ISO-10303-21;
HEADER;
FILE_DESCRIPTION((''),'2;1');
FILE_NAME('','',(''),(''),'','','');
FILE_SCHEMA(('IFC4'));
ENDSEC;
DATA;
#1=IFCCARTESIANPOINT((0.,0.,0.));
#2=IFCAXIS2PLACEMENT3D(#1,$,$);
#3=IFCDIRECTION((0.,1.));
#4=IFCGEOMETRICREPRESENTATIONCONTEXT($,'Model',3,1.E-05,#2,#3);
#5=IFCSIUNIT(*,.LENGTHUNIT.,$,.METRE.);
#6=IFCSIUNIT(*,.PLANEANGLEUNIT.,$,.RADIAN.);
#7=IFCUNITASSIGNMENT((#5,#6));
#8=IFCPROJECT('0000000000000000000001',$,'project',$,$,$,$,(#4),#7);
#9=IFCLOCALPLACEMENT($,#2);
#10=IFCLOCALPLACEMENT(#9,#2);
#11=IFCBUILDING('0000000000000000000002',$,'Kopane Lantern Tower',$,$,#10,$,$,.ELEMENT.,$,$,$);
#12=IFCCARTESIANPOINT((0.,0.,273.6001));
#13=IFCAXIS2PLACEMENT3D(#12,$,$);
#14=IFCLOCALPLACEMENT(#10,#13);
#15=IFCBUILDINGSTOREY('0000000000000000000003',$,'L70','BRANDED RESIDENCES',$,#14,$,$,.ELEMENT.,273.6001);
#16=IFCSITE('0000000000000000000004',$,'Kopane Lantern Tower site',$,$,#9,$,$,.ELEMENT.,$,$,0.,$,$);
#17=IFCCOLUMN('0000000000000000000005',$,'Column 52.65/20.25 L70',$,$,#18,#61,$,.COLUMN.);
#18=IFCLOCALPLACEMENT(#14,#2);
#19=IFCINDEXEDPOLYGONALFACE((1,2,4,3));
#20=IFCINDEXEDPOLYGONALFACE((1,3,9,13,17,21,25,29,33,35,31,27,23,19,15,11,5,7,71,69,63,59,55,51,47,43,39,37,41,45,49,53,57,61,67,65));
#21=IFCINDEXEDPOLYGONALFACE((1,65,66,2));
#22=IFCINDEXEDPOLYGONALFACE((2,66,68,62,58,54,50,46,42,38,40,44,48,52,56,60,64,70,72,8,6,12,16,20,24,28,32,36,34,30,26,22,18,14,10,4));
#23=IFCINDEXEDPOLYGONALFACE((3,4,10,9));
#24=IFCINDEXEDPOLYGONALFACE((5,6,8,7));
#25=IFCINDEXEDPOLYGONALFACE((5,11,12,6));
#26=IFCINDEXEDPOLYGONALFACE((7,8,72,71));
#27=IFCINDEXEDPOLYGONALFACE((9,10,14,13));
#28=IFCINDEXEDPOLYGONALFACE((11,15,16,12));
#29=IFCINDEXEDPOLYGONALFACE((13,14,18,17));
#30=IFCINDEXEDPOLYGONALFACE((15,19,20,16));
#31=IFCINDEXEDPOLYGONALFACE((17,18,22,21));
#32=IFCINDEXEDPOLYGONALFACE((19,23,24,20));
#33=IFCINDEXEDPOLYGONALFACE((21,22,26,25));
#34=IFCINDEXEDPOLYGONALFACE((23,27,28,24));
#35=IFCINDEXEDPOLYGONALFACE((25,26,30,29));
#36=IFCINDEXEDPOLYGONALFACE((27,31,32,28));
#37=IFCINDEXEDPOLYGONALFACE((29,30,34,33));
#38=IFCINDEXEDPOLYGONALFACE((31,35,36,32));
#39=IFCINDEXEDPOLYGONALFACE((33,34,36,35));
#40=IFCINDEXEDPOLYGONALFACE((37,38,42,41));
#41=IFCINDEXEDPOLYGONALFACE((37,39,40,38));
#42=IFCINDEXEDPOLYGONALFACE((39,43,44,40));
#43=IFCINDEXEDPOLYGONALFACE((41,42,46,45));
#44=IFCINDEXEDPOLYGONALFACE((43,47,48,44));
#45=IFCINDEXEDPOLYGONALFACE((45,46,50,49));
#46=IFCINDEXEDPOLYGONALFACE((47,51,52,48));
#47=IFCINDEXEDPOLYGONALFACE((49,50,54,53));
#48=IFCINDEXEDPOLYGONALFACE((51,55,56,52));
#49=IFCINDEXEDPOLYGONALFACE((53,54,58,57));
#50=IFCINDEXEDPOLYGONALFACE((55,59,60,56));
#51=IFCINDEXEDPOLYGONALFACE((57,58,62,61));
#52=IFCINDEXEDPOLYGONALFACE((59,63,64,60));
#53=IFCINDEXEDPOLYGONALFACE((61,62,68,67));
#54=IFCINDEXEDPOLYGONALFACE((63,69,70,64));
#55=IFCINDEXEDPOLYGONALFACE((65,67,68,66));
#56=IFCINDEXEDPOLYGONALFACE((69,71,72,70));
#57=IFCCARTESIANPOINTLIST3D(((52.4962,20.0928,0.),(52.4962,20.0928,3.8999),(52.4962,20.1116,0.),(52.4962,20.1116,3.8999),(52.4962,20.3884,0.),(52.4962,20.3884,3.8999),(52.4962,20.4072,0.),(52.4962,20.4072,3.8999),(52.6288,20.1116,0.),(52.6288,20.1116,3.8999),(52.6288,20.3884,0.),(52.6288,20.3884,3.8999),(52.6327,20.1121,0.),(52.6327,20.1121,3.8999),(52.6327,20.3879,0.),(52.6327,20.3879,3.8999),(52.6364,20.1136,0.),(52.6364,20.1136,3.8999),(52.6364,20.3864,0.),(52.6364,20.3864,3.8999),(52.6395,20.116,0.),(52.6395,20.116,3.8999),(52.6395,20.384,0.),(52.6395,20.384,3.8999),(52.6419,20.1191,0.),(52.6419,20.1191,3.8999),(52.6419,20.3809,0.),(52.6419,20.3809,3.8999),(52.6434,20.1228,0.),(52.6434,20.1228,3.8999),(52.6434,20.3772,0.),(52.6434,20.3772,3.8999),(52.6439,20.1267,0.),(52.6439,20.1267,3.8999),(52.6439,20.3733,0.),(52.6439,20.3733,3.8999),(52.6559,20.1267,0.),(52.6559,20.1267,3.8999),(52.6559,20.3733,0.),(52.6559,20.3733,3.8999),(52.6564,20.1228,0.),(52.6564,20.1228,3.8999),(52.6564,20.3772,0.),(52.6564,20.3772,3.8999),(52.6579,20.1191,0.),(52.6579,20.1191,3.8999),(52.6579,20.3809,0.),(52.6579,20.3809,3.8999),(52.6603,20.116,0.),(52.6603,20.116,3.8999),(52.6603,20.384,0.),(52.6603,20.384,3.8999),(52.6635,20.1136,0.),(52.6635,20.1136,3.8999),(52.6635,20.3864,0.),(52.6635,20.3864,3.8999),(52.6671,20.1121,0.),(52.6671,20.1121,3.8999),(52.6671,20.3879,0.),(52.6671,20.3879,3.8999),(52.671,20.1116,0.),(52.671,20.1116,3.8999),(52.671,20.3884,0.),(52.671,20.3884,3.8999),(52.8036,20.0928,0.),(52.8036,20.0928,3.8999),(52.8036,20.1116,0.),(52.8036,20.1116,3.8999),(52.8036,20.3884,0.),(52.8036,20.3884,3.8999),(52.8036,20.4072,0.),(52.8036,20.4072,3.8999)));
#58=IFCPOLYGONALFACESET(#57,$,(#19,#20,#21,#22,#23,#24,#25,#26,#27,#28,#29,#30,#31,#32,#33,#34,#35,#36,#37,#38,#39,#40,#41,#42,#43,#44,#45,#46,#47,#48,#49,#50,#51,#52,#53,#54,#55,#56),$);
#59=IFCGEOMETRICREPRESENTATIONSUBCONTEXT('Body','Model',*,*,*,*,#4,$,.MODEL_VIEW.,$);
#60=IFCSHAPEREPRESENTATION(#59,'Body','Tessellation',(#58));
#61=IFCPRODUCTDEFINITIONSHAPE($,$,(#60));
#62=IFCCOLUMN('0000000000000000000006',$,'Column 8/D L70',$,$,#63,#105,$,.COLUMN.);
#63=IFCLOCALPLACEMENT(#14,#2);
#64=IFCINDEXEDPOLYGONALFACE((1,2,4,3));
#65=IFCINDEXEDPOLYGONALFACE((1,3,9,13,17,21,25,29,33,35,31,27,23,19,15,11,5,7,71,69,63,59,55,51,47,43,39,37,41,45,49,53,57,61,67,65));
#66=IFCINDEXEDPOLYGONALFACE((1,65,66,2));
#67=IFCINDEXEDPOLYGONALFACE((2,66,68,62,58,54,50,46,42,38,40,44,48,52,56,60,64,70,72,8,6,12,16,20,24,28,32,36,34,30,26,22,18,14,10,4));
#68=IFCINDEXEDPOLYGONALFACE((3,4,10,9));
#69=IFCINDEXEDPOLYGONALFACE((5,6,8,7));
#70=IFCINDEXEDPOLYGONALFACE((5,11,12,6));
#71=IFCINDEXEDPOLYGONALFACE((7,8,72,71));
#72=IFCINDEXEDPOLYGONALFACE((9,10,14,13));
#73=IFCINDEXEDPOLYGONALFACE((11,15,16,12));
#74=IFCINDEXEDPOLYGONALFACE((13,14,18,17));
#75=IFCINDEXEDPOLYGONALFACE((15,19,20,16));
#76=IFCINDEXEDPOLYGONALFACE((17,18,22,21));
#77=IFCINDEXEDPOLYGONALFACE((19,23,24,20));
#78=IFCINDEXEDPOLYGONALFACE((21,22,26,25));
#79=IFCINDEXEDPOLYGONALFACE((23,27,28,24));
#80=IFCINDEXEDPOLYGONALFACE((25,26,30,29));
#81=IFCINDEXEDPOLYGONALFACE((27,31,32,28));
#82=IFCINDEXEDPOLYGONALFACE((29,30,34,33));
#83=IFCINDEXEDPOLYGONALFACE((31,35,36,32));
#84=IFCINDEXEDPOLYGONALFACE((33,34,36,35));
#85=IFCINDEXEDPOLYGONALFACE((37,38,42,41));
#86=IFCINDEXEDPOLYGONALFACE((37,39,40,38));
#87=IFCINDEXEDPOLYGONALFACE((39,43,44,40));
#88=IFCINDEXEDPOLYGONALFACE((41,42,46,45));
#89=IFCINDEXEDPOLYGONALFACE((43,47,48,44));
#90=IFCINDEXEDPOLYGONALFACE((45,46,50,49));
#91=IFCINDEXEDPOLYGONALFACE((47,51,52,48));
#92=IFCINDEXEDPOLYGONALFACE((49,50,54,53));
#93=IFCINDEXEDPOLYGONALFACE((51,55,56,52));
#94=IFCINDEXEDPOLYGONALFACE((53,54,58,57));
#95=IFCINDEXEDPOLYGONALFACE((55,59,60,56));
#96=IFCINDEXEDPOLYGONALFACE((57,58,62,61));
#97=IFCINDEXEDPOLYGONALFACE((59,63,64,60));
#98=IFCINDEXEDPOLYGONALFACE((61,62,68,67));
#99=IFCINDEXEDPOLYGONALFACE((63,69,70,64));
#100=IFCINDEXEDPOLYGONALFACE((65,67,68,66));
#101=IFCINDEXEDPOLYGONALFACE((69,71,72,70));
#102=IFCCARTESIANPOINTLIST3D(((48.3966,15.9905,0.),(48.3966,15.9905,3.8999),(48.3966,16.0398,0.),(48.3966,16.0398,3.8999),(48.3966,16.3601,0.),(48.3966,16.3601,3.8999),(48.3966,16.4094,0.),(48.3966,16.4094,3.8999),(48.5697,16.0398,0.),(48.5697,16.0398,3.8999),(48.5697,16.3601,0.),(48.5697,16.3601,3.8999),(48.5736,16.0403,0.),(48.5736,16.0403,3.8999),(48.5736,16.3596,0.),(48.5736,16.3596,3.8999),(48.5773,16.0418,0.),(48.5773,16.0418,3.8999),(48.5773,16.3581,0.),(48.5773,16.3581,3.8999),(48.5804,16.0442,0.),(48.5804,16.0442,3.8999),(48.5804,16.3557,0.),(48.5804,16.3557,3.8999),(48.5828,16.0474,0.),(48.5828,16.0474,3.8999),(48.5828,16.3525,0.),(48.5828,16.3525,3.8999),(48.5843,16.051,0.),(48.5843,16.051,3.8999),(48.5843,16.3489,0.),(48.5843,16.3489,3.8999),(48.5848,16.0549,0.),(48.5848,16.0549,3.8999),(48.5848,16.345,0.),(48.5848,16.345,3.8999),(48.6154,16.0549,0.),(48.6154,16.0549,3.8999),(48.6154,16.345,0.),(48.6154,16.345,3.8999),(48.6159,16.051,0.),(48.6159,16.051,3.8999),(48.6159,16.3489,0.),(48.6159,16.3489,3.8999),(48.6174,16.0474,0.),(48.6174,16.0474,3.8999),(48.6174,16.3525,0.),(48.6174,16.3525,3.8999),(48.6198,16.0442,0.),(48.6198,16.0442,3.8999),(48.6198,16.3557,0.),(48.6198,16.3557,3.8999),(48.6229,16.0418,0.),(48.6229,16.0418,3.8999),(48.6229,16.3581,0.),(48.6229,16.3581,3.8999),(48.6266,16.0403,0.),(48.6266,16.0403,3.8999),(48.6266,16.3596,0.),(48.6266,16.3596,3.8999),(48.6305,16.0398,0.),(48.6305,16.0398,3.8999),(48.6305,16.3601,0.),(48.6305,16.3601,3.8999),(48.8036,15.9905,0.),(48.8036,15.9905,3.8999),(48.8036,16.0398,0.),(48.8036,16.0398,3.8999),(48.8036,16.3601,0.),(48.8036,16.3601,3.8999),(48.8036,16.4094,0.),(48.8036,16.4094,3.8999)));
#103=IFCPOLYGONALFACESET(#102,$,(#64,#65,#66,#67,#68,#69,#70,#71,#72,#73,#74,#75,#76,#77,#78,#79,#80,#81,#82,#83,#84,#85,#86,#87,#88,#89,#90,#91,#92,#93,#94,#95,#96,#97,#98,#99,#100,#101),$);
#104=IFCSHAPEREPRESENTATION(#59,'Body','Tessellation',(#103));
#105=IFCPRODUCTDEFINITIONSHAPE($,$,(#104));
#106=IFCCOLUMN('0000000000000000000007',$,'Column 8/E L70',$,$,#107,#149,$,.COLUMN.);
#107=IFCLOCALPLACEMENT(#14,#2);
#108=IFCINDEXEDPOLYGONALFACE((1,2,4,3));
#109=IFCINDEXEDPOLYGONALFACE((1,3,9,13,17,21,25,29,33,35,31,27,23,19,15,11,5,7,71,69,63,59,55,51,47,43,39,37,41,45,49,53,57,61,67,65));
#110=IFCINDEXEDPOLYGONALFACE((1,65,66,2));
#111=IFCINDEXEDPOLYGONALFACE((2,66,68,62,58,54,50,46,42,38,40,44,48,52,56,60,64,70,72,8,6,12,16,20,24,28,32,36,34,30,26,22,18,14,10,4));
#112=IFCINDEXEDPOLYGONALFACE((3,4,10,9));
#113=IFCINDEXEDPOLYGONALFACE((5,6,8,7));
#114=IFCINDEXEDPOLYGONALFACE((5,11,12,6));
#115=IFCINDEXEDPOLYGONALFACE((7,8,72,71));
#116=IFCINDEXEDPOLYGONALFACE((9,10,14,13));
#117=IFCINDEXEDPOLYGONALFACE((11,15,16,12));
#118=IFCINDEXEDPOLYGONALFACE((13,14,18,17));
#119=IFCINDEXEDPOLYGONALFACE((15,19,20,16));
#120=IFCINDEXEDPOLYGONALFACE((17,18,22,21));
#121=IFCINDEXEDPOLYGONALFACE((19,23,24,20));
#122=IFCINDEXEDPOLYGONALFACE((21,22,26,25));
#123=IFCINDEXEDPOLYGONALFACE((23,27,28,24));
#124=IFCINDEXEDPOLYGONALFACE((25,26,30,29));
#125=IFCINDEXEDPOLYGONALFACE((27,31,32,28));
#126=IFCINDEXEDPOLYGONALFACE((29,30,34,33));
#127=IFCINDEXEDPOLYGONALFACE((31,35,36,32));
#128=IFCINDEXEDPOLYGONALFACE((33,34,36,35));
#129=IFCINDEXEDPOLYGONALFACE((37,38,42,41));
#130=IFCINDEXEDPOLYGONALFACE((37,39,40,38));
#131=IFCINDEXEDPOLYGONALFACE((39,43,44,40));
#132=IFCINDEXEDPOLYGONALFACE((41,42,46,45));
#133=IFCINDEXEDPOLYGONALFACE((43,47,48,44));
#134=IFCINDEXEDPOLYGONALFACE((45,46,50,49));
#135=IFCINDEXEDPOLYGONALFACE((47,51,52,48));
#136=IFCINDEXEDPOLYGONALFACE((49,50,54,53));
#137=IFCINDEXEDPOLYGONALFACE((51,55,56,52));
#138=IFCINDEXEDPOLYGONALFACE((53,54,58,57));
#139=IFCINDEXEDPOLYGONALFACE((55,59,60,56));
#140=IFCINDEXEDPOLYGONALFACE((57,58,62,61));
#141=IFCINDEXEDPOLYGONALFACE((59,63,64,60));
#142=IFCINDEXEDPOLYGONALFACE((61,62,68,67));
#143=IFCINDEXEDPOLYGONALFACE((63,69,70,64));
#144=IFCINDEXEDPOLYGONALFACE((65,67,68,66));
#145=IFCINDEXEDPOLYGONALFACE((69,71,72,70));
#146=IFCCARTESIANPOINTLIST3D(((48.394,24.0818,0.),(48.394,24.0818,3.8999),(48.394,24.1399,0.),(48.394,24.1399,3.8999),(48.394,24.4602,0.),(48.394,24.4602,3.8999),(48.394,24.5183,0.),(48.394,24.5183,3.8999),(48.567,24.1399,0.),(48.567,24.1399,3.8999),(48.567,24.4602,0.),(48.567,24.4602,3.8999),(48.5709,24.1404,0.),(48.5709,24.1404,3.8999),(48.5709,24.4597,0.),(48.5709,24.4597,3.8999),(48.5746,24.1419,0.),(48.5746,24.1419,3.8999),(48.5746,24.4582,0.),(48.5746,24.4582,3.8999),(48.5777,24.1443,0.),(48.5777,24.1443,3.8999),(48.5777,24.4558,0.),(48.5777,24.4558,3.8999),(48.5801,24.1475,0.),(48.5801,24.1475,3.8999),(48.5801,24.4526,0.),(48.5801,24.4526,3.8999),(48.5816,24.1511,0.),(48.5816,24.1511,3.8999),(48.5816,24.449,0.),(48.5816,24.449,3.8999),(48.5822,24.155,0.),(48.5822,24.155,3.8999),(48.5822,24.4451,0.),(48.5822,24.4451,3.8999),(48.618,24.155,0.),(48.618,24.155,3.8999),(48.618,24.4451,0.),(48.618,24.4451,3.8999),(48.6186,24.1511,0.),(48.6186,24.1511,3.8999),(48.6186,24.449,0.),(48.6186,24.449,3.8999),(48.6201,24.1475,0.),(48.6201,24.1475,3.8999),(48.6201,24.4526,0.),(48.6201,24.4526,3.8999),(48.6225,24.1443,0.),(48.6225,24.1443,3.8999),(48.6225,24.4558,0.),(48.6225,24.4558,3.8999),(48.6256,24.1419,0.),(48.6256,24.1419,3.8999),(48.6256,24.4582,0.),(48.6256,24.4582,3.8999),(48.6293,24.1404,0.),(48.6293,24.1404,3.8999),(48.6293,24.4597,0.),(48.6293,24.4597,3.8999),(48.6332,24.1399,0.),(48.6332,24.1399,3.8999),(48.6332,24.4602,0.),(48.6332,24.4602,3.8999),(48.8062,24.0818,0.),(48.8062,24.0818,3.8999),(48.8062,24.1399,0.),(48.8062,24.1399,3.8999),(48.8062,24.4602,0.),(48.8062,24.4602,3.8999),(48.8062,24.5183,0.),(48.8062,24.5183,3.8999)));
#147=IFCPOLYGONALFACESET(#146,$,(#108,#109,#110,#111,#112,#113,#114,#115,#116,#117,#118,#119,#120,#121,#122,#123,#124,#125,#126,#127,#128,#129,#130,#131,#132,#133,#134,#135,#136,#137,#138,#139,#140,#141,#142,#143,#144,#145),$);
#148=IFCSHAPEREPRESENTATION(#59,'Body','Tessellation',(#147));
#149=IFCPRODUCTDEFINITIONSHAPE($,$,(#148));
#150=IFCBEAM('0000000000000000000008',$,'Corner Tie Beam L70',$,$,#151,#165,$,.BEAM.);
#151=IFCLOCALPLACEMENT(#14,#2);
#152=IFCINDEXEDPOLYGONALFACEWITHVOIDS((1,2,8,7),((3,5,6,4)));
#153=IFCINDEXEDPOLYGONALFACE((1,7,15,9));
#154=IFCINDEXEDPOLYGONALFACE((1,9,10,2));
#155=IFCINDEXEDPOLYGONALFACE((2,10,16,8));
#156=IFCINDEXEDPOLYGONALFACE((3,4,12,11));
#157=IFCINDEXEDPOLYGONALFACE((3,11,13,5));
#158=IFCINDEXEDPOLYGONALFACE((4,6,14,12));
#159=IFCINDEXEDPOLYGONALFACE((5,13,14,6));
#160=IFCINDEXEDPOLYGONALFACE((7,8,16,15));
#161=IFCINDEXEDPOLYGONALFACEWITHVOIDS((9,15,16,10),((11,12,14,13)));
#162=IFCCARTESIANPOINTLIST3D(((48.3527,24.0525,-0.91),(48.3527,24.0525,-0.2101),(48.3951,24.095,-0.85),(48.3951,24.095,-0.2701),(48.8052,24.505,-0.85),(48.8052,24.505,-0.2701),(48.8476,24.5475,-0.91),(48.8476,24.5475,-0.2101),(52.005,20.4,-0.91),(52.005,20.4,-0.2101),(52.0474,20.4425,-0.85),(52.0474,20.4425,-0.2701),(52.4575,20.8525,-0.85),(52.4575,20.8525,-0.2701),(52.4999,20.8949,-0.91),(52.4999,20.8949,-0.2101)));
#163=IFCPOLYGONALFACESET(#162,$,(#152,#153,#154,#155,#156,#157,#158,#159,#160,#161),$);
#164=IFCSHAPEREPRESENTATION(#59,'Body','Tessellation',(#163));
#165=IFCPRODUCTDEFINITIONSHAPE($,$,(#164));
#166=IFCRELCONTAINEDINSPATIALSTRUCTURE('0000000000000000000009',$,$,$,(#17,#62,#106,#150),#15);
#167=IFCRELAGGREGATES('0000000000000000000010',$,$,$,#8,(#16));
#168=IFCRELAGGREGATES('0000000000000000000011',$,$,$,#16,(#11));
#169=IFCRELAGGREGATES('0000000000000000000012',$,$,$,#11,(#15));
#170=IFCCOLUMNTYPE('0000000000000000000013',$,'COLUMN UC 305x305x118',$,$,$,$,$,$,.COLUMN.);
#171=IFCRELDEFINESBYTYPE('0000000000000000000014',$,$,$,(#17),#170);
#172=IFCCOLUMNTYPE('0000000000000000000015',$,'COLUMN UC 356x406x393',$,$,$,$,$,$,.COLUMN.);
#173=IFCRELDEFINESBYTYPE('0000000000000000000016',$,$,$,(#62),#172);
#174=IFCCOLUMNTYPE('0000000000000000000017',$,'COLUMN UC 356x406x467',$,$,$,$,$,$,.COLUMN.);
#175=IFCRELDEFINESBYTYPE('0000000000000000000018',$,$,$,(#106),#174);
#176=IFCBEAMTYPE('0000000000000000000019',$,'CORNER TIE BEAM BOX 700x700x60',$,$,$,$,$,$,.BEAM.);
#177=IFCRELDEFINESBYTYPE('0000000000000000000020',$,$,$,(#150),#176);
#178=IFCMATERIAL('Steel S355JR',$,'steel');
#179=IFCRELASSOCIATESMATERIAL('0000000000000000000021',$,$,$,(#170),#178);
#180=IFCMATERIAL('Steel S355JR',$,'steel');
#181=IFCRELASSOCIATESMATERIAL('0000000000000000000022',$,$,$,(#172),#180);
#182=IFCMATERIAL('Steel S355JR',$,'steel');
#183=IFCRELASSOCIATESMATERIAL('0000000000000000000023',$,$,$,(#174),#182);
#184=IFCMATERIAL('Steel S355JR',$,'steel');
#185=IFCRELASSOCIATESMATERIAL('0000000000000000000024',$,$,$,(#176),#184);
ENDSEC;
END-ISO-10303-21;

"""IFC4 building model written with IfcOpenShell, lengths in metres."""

from ifc_helpers import new_model, si_unit, direction, frame, origin, origin_2d, place, context, subcontext, project, spatial, hollow_rectangle, i_section, extrude, material, material_profile, profile_set, type_object, element, save


model = new_model("IFC4")

# Units and contexts
model_context = context("Model", 3, precision=1e-05, world=origin(), true_north=direction((0.0, 1.0)))
body_context = subcontext(model_context, "Body", "Model", "MODEL_VIEW")
ifc_project = project(units=[si_unit("LENGTHUNIT", "METRE"), si_unit("PLANEANGLEUNIT", "RADIAN")], contexts=[model_context])

# Site, building, storey
site_placement = place(None, origin())
site = spatial("IfcSite", under=ifc_project, at=site_placement, Name="Kopane Lantern Tower site", CompositionType="ELEMENT", RefElevation=0.0)
building_placement = place(site_placement, origin())
building = spatial("IfcBuilding", under=site, at=building_placement, Name="Kopane Lantern Tower", CompositionType="ELEMENT")
storey_placement = place(building_placement, frame((0.0, 0.0, 273.6001)))
storey = spatial("IfcBuildingStorey", under=building, at=storey_placement, Name="L70", Description="BRANDED RESIDENCES", CompositionType="ELEMENT", Elevation=273.6001)

# Columns
ifc_material_1 = material(Name="Steel S355JR", Category="steel")
ifc_material_profile_1 = material_profile(ifc_material_1, i_section(OverallWidth=0.3074, OverallDepth=0.3145, WebThickness=0.012, FlangeThickness=0.0188, FilletRadius=0.0151, at=origin_2d()), Name="UC 305x305x118")
ifc_profile_set_1 = profile_set([ifc_material_profile_1], Name="Steel S355JR")
column_type_1 = type_object("IfcColumnType", Name="COLUMN UC 305x305x118", PredefinedType="COLUMN", material=ifc_profile_set_1)
column_1_placement = place(storey_placement, frame((52.6499, 20.25, 0.0), z_axis=(0.0, 0.0, 1.0), x_axis=(1.0, 0.0, 0.0)))
element("IfcColumn", 1, at=column_1_placement, inside=storey, type_object=column_type_1, Name="Column 52.65/20.25 L70", PredefinedType="COLUMN", context=body_context, shape_type="SweptSolid", body=[
    extrude(i_section(OverallWidth=0.3074, OverallDepth=0.3145, WebThickness=0.012, FlangeThickness=0.0188, FilletRadius=0.0151, at=origin_2d()), origin(), (0.0, 0.0, 1.0), 3.8999),
])
ifc_material_2 = material(Name="Steel S355JR", Category="steel")
ifc_material_profile_2 = material_profile(ifc_material_2, i_section(OverallWidth=0.407, OverallDepth=0.4189, WebThickness=0.0305, FlangeThickness=0.0493, FilletRadius=0.0151, at=origin_2d()), Name="UC 356x406x393")
ifc_profile_set_2 = profile_set([ifc_material_profile_2], Name="Steel S355JR")
column_type_2 = type_object("IfcColumnType", Name="COLUMN UC 356x406x393", PredefinedType="COLUMN", material=ifc_profile_set_2)
column_2_placement = place(storey_placement, frame((48.6001, 16.2, 0.0), z_axis=(0.0, 0.0, 1.0), x_axis=(1.0, 0.0, 0.0)))
element("IfcColumn", 2, at=column_2_placement, inside=storey, type_object=column_type_2, Name="Column 8/D L70", PredefinedType="COLUMN", context=body_context, shape_type="SweptSolid", body=[
    extrude(i_section(OverallWidth=0.407, OverallDepth=0.4189, WebThickness=0.0305, FlangeThickness=0.0493, FilletRadius=0.0151, at=origin_2d()), origin(), (0.0, 0.0, 1.0), 3.8999),
])
ifc_material_3 = material(Name="Steel S355JR", Category="steel")
ifc_material_profile_3 = material_profile(ifc_material_3, i_section(OverallWidth=0.4121, OverallDepth=0.4365, WebThickness=0.0359, FlangeThickness=0.0581, FilletRadius=0.0151, at=origin_2d()), Name="UC 356x406x467")
ifc_profile_set_3 = profile_set([ifc_material_profile_3], Name="Steel S355JR")
column_type_3 = type_object("IfcColumnType", Name="COLUMN UC 356x406x467", PredefinedType="COLUMN", material=ifc_profile_set_3)
column_3_placement = place(storey_placement, frame((48.6001, 24.3, 0.0), z_axis=(0.0, 0.0, 1.0), x_axis=(1.0, 0.0, 0.0)))
element("IfcColumn", 3, at=column_3_placement, inside=storey, type_object=column_type_3, Name="Column 8/E L70", PredefinedType="COLUMN", context=body_context, shape_type="SweptSolid", body=[
    extrude(i_section(OverallWidth=0.4121, OverallDepth=0.4365, WebThickness=0.0359, FlangeThickness=0.0581, FilletRadius=0.0151, at=origin_2d()), origin(), (0.0, 0.0, 1.0), 3.8999),
])

# Beam
ifc_material_4 = material(Name="Steel S355JR", Category="steel")
ifc_material_profile_4 = material_profile(ifc_material_4, hollow_rectangle(XDim=0.7, YDim=0.7, WallThickness=0.0601, at=origin_2d()), Name="BOX 700x700x60")
ifc_profile_set_4 = profile_set([ifc_material_profile_4], Name="Steel S355JR")
beam_type_1 = type_object("IfcBeamType", Name="CORNER TIE BEAM BOX 700x700x60", PredefinedType="BEAM", material=ifc_profile_set_4)
beam_1_placement = place(storey_placement, frame((52.2524, 20.6475, -0.5601), z_axis=(-0.707083, 0.70713, 0.0), x_axis=(-0.70713, -0.707083, 0.0)))
element("IfcBeam", 4, at=beam_1_placement, inside=storey, type_object=beam_type_1, Name="Corner Tie Beam L70", PredefinedType="BEAM", context=body_context, shape_type="SweptSolid", body=[
    extrude(hollow_rectangle(XDim=0.7, YDim=0.7, WallThickness=0.0601, at=origin_2d()), origin(), (0.0, 0.0, 1.0), 5.1653),
])

save(model, "model.ifc")
